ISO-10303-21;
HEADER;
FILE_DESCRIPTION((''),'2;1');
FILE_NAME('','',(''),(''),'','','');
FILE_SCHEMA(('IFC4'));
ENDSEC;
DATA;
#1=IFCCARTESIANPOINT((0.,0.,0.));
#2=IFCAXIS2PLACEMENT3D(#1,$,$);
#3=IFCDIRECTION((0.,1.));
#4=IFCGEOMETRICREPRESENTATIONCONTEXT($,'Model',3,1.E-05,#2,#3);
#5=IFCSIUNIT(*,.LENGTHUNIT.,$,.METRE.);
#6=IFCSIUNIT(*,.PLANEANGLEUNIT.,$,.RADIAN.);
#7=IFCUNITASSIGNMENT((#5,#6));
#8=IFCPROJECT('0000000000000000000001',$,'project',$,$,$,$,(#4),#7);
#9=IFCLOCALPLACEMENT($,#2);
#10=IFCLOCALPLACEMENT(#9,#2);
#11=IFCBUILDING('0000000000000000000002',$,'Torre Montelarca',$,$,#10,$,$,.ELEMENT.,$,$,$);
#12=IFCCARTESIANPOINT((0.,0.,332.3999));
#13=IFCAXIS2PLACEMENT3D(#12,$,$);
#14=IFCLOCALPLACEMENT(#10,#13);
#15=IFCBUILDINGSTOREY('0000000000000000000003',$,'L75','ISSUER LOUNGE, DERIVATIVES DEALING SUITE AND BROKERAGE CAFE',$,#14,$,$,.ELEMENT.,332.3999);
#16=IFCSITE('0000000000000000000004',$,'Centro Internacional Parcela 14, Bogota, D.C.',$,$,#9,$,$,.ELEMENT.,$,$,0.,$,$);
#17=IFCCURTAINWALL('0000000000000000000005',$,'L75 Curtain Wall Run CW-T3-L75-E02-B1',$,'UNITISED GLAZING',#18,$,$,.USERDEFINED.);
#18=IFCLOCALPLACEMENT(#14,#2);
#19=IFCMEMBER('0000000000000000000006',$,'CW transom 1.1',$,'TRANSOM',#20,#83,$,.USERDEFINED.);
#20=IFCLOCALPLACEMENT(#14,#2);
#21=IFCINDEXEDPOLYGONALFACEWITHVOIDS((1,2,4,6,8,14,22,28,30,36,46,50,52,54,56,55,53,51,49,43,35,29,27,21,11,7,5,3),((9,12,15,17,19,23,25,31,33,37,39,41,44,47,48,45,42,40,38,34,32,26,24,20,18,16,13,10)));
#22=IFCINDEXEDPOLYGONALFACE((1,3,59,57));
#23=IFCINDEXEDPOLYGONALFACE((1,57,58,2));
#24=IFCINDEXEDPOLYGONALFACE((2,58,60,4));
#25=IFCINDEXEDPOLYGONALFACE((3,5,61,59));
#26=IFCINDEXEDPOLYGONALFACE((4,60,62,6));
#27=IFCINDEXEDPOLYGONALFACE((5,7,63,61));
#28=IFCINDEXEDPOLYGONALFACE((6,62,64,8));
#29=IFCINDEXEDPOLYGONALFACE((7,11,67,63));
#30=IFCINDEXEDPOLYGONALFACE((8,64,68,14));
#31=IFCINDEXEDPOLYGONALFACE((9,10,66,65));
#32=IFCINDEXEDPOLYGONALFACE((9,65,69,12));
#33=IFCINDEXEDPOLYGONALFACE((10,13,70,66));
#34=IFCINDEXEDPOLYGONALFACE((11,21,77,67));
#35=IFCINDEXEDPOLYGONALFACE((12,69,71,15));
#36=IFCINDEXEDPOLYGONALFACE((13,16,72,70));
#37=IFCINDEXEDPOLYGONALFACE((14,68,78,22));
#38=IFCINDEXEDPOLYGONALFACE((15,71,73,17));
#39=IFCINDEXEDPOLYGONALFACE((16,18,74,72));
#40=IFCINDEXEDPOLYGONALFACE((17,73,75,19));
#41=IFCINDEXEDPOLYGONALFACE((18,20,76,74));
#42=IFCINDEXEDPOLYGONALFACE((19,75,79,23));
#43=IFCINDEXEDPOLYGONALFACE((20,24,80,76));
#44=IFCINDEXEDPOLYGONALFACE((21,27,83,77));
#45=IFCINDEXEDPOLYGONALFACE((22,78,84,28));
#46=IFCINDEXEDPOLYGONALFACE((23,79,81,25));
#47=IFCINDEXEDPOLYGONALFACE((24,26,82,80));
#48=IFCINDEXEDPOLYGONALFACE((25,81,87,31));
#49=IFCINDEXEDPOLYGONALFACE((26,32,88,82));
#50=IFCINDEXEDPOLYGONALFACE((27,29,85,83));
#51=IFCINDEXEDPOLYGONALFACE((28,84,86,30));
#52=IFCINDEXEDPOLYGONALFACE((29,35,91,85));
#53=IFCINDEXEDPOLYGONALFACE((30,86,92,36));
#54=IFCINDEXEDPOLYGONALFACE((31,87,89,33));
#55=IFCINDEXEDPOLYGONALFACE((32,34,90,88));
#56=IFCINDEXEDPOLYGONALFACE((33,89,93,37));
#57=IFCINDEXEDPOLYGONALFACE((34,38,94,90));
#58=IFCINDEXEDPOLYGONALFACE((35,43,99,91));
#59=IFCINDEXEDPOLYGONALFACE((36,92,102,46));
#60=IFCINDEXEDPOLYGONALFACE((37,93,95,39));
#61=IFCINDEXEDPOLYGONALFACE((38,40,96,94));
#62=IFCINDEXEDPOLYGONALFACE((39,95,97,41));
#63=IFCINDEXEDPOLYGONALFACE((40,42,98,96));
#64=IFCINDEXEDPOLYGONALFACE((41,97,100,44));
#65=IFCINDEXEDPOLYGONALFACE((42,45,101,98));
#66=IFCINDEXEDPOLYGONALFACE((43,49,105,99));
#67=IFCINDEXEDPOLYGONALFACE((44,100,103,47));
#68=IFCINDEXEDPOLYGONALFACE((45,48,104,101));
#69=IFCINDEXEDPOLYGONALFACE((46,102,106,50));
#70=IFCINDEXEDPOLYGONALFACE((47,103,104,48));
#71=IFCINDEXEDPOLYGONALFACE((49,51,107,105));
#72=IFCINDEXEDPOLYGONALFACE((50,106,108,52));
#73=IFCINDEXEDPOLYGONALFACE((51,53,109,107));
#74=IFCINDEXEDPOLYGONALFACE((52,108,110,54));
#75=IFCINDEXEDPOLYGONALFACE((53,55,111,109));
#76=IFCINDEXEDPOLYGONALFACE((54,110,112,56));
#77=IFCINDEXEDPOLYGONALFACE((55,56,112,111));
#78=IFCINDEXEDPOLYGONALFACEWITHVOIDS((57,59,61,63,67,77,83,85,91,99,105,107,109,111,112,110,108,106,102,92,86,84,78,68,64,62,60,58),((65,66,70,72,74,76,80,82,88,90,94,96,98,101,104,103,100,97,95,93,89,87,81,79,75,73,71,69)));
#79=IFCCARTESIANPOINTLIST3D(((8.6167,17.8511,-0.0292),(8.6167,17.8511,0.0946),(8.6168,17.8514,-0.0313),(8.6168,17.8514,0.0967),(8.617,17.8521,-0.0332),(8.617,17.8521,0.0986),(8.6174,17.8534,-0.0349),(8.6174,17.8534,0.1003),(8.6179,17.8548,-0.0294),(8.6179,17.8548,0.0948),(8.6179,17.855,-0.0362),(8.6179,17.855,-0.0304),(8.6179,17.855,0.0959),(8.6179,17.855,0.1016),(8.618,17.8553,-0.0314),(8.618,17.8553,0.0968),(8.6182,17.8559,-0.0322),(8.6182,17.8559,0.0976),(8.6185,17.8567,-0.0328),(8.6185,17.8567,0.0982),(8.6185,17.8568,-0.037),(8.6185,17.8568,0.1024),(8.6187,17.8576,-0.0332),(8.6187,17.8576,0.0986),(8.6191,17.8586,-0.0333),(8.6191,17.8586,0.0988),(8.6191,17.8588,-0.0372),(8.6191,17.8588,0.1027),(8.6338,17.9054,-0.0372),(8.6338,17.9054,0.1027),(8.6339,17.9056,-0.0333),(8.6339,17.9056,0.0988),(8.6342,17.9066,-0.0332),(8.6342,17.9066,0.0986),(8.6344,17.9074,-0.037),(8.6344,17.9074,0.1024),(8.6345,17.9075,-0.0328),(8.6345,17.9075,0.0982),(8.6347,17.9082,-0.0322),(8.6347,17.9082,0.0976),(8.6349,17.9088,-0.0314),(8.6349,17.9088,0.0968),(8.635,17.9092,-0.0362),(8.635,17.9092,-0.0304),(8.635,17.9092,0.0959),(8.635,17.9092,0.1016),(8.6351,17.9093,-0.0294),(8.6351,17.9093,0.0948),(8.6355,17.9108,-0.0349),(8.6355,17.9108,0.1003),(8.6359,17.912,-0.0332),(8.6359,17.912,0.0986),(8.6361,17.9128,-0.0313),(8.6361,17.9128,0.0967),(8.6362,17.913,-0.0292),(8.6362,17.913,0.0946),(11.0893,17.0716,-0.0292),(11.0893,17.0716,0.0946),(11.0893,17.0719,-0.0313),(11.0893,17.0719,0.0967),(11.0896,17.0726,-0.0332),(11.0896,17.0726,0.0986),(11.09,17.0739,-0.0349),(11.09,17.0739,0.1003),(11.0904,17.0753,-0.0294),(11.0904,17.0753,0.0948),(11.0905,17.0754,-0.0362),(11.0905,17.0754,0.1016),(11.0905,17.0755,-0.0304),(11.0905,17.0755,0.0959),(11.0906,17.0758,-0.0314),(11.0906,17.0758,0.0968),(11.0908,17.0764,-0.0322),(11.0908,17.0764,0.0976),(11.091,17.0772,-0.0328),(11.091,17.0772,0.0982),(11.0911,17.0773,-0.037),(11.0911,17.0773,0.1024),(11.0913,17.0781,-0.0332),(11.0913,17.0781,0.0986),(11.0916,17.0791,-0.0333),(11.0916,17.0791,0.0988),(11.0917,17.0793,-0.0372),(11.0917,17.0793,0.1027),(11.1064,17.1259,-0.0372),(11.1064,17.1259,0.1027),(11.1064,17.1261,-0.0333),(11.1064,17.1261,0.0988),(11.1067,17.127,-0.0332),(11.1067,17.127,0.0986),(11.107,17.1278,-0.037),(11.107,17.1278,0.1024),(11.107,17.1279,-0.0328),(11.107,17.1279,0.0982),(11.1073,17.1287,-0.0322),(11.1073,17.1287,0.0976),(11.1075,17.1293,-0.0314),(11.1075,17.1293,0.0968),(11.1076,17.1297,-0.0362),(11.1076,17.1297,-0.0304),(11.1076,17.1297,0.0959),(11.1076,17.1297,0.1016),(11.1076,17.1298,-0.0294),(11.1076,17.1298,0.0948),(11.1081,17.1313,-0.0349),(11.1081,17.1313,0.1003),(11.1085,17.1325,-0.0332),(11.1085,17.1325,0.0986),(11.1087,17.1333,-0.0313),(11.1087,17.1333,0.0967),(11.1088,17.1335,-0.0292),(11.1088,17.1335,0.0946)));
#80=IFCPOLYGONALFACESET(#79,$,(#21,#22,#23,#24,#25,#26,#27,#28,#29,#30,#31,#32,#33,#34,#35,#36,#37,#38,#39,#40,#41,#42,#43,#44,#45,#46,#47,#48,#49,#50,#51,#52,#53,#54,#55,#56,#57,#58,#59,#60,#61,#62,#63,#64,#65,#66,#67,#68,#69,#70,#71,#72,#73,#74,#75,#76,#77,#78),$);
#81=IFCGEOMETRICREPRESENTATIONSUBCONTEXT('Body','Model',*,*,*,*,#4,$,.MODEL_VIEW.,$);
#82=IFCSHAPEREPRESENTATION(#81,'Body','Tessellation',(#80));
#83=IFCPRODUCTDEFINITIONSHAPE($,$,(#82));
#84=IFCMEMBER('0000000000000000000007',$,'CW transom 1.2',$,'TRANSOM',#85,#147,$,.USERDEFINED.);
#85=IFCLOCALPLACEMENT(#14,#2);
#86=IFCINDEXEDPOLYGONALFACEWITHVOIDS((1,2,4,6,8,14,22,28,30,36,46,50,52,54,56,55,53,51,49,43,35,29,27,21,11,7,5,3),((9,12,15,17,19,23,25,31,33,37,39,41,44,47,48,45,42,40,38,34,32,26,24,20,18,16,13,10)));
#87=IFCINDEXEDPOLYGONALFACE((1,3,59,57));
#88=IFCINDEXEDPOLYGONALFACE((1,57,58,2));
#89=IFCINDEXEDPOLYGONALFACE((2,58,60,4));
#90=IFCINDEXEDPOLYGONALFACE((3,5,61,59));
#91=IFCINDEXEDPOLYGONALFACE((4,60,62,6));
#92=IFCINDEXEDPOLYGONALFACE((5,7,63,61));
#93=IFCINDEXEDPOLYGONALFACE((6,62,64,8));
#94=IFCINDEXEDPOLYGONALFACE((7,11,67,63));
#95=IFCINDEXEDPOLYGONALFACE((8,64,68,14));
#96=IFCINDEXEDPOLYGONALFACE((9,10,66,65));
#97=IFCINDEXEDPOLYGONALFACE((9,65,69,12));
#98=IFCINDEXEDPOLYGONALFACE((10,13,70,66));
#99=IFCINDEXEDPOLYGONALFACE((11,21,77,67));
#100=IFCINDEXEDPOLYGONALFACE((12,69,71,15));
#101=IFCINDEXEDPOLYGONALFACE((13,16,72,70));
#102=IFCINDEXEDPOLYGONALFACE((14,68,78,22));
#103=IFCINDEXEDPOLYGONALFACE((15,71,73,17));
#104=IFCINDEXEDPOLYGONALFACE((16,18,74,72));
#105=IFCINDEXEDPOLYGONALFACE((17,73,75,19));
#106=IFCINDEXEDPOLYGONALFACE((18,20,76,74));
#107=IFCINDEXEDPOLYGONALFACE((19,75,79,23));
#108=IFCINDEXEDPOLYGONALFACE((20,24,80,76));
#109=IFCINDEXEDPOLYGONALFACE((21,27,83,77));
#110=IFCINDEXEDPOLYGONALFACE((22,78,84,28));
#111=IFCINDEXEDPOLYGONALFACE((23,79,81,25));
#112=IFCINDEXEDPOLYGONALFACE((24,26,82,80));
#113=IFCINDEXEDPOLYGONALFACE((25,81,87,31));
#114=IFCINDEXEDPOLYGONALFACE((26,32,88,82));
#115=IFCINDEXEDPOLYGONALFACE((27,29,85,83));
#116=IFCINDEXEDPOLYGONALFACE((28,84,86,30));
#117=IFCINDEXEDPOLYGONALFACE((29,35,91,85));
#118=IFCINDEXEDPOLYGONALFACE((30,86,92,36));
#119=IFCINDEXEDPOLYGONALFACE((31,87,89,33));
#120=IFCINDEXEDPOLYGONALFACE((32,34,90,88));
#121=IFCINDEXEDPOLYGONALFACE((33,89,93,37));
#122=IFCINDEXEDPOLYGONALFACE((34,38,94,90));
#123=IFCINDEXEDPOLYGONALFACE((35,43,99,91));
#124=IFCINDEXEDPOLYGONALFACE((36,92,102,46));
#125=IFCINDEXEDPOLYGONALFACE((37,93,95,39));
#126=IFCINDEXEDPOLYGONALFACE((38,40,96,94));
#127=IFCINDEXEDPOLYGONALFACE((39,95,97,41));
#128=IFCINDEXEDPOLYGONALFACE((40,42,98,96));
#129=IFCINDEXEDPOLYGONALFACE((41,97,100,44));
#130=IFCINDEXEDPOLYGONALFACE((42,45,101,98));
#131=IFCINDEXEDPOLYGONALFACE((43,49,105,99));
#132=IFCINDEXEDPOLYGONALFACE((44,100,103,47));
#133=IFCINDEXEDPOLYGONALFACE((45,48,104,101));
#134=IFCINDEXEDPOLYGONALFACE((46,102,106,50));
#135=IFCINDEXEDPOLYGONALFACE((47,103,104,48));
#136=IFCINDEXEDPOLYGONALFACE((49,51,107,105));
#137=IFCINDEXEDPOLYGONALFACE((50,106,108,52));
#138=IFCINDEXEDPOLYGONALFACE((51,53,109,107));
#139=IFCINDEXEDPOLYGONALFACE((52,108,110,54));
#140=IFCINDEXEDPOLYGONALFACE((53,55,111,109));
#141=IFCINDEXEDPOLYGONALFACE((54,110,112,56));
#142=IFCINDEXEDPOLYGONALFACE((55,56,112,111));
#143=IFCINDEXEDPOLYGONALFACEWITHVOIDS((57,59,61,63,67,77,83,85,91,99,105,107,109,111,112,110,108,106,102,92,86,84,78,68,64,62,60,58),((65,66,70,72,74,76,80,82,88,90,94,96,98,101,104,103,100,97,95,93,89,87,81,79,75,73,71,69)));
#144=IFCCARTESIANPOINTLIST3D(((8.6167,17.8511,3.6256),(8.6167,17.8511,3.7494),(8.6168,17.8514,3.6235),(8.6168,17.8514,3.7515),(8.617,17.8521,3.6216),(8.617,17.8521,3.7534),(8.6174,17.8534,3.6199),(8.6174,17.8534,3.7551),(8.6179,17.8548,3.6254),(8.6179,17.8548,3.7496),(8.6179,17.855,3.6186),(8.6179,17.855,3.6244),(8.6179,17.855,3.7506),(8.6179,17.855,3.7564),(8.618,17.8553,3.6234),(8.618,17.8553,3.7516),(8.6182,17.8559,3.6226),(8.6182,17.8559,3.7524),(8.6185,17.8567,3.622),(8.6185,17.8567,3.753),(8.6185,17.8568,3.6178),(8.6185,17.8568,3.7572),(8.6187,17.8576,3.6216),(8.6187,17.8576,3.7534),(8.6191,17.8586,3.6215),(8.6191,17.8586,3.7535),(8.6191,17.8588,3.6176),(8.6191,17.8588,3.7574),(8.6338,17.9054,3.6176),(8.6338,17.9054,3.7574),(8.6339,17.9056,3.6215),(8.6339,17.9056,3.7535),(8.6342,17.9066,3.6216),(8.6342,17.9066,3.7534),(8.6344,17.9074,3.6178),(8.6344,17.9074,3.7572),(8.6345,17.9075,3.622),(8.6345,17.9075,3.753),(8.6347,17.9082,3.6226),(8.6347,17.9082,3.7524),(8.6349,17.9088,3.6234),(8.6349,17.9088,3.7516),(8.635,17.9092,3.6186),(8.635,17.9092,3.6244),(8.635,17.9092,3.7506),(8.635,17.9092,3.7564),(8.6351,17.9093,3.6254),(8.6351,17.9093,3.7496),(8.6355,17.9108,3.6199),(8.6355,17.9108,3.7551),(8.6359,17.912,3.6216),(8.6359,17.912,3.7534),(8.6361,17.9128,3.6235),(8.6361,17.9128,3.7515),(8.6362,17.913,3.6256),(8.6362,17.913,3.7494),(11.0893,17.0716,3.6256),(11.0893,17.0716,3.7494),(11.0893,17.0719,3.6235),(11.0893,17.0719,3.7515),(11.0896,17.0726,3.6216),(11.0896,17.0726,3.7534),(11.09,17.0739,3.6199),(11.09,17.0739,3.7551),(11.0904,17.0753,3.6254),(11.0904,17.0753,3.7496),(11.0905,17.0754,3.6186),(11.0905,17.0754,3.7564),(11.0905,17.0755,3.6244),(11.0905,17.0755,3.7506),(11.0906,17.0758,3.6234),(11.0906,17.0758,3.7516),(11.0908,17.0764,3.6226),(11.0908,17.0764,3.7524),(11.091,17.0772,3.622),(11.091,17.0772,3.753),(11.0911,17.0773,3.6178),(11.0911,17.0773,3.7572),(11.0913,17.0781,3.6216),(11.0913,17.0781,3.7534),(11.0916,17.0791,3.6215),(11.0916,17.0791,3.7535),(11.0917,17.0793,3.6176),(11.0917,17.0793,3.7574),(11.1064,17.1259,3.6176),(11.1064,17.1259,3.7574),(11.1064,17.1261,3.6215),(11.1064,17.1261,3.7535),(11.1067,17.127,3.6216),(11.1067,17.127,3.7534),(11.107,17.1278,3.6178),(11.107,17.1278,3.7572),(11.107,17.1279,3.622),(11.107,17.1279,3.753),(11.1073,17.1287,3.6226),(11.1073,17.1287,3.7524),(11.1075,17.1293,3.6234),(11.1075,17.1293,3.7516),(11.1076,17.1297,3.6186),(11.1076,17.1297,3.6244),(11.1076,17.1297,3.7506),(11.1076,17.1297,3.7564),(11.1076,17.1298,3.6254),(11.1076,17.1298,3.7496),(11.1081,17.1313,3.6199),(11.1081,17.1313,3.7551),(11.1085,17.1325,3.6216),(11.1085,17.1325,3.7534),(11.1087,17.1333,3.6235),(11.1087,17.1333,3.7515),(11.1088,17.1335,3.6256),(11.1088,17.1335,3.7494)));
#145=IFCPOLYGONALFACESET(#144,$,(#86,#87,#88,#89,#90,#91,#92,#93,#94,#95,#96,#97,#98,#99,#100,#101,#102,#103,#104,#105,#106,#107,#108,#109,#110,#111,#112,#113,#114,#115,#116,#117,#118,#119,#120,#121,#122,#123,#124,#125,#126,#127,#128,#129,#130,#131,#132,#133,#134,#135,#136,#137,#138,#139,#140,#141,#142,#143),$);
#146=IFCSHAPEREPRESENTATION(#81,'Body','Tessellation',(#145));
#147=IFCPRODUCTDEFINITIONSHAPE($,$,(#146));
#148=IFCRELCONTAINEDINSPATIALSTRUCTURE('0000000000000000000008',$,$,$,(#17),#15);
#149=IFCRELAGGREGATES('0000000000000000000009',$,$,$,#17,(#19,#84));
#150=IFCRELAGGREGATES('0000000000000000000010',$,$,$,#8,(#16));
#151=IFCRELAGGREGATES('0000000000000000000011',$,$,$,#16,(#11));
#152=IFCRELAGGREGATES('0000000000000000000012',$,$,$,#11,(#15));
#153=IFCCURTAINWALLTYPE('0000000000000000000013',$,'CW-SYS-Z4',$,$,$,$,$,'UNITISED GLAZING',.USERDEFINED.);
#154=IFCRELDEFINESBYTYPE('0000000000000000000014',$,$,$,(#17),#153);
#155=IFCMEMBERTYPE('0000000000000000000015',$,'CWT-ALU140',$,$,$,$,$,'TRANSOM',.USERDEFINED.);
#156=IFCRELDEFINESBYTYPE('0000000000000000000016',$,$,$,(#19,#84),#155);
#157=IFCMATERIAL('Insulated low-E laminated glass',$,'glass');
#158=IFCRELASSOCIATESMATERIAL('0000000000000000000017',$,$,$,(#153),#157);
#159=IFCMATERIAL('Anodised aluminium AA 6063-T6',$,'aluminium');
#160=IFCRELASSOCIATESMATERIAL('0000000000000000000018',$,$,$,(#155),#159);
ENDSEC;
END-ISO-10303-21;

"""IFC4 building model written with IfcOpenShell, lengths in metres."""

from ifc_helpers import new_model, si_unit, direction, frame, origin, origin_2d, place, context, subcontext, project, spatial, hollow_rectangle, extrude, source, transform, mapped, material, material_profile, profile_set, type_object, element, aggregate, save


model = new_model("IFC4")

# Units and contexts
model_context = context("Model", 3, precision=1e-05, world=origin(), true_north=direction((0.0, 1.0)))
body_context = subcontext(model_context, "Body", "Model", "MODEL_VIEW")
ifc_project = project(units=[si_unit("LENGTHUNIT", "METRE"), si_unit("PLANEANGLEUNIT", "RADIAN")], contexts=[model_context])

# Site, building, storey
site_placement = place(None, origin())
site = spatial("IfcSite", under=ifc_project, at=site_placement, Name="Centro Internacional Parcela 14, Bogota, D.C.", CompositionType="ELEMENT", RefElevation=0.0)
building_placement = place(site_placement, origin())
building = spatial("IfcBuilding", under=site, at=building_placement, Name="Torre Montelarca", CompositionType="ELEMENT")
storey_placement = place(building_placement, frame((0.0, 0.0, 332.3999)))
storey = spatial("IfcBuildingStorey", under=building, at=storey_placement, Name="L75", Description="ISSUER LOUNGE, DERIVATIVES DEALING SUITE AND BROKERAGE CAFE", CompositionType="ELEMENT", Elevation=332.3999)

# Curtain wall, members
ifc_material_1 = material(Name="Insulated low-E laminated glass", Category="glass")
curtain_wall_type = type_object("IfcCurtainWallType", Name="CW-SYS-Z4", ElementType="UNITISED GLAZING", PredefinedType="USERDEFINED", material=ifc_material_1)
ifc_material_2 = material(Name="Anodised aluminium AA 6063-T6", Category="aluminium")
curtain_wall_1_placement = place(storey_placement, origin())
curtain_wall_1 = element("IfcCurtainWall", 1, at=curtain_wall_1_placement, inside=storey, type_object=curtain_wall_type, Name="L75 Curtain Wall Run CW-T3-L75-E02-B1", ObjectType="UNITISED GLAZING", PredefinedType="USERDEFINED")
ifc_material_profile_1 = material_profile(ifc_material_2, hollow_rectangle(XDim=0.0649, YDim=0.1399, WallThickness=0.0039, InnerFilletRadius=0.0039, OuterFilletRadius=0.0081, at=origin_2d()), Name="ALU65X140X4", Category="aluminium")
ifc_profile_set_1 = profile_set([ifc_material_profile_1], Name="Anodised aluminium AA 6063-T6")
member_type_1 = type_object("IfcMemberType", Name="CWT-ALU140", ElementType="TRANSOM", PredefinedType="USERDEFINED", material=ifc_profile_set_1)
shared_shape_1 = source(origin(), body_context, "Body", "SweptSolid", [
    extrude(hollow_rectangle(XDim=0.0649, YDim=0.1399, WallThickness=0.0039, InnerFilletRadius=0.0039, OuterFilletRadius=0.0081, at=origin_2d()), origin(), (0.0, 0.0, 1.0), 2.5925),
])
member_1_placement = place(storey_placement, frame((8.6265, 17.8821, 0.0327), z_axis=(0.953726, -0.300676, 0.0), x_axis=(0.300676, 0.953726, 0.0)))
member_1 = element("IfcMember", 2, at=member_1_placement, type_object=member_type_1, Name="CW transom 1.1", ObjectType="TRANSOM", PredefinedType="USERDEFINED", context=body_context, shape_type="MappedRepresentation", body=[
    mapped(shared_shape_1, transform((0.0, 0.0, 0.0), scale=1.0)),
])
member_2_placement = place(storey_placement, frame((8.6265, 17.8821, 3.6875), z_axis=(0.953726, -0.300676, 0.0), x_axis=(0.300676, 0.953726, 0.0)))
member_2 = element("IfcMember", 3, at=member_2_placement, type_object=member_type_1, Name="CW transom 1.2", ObjectType="TRANSOM", PredefinedType="USERDEFINED", context=body_context, shape_type="MappedRepresentation", body=[
    mapped(shared_shape_1, transform((0.0, 0.0, 0.0), scale=1.0)),
])
aggregate(curtain_wall_1, [member_1, member_2])

save(model, "model.ifc")
